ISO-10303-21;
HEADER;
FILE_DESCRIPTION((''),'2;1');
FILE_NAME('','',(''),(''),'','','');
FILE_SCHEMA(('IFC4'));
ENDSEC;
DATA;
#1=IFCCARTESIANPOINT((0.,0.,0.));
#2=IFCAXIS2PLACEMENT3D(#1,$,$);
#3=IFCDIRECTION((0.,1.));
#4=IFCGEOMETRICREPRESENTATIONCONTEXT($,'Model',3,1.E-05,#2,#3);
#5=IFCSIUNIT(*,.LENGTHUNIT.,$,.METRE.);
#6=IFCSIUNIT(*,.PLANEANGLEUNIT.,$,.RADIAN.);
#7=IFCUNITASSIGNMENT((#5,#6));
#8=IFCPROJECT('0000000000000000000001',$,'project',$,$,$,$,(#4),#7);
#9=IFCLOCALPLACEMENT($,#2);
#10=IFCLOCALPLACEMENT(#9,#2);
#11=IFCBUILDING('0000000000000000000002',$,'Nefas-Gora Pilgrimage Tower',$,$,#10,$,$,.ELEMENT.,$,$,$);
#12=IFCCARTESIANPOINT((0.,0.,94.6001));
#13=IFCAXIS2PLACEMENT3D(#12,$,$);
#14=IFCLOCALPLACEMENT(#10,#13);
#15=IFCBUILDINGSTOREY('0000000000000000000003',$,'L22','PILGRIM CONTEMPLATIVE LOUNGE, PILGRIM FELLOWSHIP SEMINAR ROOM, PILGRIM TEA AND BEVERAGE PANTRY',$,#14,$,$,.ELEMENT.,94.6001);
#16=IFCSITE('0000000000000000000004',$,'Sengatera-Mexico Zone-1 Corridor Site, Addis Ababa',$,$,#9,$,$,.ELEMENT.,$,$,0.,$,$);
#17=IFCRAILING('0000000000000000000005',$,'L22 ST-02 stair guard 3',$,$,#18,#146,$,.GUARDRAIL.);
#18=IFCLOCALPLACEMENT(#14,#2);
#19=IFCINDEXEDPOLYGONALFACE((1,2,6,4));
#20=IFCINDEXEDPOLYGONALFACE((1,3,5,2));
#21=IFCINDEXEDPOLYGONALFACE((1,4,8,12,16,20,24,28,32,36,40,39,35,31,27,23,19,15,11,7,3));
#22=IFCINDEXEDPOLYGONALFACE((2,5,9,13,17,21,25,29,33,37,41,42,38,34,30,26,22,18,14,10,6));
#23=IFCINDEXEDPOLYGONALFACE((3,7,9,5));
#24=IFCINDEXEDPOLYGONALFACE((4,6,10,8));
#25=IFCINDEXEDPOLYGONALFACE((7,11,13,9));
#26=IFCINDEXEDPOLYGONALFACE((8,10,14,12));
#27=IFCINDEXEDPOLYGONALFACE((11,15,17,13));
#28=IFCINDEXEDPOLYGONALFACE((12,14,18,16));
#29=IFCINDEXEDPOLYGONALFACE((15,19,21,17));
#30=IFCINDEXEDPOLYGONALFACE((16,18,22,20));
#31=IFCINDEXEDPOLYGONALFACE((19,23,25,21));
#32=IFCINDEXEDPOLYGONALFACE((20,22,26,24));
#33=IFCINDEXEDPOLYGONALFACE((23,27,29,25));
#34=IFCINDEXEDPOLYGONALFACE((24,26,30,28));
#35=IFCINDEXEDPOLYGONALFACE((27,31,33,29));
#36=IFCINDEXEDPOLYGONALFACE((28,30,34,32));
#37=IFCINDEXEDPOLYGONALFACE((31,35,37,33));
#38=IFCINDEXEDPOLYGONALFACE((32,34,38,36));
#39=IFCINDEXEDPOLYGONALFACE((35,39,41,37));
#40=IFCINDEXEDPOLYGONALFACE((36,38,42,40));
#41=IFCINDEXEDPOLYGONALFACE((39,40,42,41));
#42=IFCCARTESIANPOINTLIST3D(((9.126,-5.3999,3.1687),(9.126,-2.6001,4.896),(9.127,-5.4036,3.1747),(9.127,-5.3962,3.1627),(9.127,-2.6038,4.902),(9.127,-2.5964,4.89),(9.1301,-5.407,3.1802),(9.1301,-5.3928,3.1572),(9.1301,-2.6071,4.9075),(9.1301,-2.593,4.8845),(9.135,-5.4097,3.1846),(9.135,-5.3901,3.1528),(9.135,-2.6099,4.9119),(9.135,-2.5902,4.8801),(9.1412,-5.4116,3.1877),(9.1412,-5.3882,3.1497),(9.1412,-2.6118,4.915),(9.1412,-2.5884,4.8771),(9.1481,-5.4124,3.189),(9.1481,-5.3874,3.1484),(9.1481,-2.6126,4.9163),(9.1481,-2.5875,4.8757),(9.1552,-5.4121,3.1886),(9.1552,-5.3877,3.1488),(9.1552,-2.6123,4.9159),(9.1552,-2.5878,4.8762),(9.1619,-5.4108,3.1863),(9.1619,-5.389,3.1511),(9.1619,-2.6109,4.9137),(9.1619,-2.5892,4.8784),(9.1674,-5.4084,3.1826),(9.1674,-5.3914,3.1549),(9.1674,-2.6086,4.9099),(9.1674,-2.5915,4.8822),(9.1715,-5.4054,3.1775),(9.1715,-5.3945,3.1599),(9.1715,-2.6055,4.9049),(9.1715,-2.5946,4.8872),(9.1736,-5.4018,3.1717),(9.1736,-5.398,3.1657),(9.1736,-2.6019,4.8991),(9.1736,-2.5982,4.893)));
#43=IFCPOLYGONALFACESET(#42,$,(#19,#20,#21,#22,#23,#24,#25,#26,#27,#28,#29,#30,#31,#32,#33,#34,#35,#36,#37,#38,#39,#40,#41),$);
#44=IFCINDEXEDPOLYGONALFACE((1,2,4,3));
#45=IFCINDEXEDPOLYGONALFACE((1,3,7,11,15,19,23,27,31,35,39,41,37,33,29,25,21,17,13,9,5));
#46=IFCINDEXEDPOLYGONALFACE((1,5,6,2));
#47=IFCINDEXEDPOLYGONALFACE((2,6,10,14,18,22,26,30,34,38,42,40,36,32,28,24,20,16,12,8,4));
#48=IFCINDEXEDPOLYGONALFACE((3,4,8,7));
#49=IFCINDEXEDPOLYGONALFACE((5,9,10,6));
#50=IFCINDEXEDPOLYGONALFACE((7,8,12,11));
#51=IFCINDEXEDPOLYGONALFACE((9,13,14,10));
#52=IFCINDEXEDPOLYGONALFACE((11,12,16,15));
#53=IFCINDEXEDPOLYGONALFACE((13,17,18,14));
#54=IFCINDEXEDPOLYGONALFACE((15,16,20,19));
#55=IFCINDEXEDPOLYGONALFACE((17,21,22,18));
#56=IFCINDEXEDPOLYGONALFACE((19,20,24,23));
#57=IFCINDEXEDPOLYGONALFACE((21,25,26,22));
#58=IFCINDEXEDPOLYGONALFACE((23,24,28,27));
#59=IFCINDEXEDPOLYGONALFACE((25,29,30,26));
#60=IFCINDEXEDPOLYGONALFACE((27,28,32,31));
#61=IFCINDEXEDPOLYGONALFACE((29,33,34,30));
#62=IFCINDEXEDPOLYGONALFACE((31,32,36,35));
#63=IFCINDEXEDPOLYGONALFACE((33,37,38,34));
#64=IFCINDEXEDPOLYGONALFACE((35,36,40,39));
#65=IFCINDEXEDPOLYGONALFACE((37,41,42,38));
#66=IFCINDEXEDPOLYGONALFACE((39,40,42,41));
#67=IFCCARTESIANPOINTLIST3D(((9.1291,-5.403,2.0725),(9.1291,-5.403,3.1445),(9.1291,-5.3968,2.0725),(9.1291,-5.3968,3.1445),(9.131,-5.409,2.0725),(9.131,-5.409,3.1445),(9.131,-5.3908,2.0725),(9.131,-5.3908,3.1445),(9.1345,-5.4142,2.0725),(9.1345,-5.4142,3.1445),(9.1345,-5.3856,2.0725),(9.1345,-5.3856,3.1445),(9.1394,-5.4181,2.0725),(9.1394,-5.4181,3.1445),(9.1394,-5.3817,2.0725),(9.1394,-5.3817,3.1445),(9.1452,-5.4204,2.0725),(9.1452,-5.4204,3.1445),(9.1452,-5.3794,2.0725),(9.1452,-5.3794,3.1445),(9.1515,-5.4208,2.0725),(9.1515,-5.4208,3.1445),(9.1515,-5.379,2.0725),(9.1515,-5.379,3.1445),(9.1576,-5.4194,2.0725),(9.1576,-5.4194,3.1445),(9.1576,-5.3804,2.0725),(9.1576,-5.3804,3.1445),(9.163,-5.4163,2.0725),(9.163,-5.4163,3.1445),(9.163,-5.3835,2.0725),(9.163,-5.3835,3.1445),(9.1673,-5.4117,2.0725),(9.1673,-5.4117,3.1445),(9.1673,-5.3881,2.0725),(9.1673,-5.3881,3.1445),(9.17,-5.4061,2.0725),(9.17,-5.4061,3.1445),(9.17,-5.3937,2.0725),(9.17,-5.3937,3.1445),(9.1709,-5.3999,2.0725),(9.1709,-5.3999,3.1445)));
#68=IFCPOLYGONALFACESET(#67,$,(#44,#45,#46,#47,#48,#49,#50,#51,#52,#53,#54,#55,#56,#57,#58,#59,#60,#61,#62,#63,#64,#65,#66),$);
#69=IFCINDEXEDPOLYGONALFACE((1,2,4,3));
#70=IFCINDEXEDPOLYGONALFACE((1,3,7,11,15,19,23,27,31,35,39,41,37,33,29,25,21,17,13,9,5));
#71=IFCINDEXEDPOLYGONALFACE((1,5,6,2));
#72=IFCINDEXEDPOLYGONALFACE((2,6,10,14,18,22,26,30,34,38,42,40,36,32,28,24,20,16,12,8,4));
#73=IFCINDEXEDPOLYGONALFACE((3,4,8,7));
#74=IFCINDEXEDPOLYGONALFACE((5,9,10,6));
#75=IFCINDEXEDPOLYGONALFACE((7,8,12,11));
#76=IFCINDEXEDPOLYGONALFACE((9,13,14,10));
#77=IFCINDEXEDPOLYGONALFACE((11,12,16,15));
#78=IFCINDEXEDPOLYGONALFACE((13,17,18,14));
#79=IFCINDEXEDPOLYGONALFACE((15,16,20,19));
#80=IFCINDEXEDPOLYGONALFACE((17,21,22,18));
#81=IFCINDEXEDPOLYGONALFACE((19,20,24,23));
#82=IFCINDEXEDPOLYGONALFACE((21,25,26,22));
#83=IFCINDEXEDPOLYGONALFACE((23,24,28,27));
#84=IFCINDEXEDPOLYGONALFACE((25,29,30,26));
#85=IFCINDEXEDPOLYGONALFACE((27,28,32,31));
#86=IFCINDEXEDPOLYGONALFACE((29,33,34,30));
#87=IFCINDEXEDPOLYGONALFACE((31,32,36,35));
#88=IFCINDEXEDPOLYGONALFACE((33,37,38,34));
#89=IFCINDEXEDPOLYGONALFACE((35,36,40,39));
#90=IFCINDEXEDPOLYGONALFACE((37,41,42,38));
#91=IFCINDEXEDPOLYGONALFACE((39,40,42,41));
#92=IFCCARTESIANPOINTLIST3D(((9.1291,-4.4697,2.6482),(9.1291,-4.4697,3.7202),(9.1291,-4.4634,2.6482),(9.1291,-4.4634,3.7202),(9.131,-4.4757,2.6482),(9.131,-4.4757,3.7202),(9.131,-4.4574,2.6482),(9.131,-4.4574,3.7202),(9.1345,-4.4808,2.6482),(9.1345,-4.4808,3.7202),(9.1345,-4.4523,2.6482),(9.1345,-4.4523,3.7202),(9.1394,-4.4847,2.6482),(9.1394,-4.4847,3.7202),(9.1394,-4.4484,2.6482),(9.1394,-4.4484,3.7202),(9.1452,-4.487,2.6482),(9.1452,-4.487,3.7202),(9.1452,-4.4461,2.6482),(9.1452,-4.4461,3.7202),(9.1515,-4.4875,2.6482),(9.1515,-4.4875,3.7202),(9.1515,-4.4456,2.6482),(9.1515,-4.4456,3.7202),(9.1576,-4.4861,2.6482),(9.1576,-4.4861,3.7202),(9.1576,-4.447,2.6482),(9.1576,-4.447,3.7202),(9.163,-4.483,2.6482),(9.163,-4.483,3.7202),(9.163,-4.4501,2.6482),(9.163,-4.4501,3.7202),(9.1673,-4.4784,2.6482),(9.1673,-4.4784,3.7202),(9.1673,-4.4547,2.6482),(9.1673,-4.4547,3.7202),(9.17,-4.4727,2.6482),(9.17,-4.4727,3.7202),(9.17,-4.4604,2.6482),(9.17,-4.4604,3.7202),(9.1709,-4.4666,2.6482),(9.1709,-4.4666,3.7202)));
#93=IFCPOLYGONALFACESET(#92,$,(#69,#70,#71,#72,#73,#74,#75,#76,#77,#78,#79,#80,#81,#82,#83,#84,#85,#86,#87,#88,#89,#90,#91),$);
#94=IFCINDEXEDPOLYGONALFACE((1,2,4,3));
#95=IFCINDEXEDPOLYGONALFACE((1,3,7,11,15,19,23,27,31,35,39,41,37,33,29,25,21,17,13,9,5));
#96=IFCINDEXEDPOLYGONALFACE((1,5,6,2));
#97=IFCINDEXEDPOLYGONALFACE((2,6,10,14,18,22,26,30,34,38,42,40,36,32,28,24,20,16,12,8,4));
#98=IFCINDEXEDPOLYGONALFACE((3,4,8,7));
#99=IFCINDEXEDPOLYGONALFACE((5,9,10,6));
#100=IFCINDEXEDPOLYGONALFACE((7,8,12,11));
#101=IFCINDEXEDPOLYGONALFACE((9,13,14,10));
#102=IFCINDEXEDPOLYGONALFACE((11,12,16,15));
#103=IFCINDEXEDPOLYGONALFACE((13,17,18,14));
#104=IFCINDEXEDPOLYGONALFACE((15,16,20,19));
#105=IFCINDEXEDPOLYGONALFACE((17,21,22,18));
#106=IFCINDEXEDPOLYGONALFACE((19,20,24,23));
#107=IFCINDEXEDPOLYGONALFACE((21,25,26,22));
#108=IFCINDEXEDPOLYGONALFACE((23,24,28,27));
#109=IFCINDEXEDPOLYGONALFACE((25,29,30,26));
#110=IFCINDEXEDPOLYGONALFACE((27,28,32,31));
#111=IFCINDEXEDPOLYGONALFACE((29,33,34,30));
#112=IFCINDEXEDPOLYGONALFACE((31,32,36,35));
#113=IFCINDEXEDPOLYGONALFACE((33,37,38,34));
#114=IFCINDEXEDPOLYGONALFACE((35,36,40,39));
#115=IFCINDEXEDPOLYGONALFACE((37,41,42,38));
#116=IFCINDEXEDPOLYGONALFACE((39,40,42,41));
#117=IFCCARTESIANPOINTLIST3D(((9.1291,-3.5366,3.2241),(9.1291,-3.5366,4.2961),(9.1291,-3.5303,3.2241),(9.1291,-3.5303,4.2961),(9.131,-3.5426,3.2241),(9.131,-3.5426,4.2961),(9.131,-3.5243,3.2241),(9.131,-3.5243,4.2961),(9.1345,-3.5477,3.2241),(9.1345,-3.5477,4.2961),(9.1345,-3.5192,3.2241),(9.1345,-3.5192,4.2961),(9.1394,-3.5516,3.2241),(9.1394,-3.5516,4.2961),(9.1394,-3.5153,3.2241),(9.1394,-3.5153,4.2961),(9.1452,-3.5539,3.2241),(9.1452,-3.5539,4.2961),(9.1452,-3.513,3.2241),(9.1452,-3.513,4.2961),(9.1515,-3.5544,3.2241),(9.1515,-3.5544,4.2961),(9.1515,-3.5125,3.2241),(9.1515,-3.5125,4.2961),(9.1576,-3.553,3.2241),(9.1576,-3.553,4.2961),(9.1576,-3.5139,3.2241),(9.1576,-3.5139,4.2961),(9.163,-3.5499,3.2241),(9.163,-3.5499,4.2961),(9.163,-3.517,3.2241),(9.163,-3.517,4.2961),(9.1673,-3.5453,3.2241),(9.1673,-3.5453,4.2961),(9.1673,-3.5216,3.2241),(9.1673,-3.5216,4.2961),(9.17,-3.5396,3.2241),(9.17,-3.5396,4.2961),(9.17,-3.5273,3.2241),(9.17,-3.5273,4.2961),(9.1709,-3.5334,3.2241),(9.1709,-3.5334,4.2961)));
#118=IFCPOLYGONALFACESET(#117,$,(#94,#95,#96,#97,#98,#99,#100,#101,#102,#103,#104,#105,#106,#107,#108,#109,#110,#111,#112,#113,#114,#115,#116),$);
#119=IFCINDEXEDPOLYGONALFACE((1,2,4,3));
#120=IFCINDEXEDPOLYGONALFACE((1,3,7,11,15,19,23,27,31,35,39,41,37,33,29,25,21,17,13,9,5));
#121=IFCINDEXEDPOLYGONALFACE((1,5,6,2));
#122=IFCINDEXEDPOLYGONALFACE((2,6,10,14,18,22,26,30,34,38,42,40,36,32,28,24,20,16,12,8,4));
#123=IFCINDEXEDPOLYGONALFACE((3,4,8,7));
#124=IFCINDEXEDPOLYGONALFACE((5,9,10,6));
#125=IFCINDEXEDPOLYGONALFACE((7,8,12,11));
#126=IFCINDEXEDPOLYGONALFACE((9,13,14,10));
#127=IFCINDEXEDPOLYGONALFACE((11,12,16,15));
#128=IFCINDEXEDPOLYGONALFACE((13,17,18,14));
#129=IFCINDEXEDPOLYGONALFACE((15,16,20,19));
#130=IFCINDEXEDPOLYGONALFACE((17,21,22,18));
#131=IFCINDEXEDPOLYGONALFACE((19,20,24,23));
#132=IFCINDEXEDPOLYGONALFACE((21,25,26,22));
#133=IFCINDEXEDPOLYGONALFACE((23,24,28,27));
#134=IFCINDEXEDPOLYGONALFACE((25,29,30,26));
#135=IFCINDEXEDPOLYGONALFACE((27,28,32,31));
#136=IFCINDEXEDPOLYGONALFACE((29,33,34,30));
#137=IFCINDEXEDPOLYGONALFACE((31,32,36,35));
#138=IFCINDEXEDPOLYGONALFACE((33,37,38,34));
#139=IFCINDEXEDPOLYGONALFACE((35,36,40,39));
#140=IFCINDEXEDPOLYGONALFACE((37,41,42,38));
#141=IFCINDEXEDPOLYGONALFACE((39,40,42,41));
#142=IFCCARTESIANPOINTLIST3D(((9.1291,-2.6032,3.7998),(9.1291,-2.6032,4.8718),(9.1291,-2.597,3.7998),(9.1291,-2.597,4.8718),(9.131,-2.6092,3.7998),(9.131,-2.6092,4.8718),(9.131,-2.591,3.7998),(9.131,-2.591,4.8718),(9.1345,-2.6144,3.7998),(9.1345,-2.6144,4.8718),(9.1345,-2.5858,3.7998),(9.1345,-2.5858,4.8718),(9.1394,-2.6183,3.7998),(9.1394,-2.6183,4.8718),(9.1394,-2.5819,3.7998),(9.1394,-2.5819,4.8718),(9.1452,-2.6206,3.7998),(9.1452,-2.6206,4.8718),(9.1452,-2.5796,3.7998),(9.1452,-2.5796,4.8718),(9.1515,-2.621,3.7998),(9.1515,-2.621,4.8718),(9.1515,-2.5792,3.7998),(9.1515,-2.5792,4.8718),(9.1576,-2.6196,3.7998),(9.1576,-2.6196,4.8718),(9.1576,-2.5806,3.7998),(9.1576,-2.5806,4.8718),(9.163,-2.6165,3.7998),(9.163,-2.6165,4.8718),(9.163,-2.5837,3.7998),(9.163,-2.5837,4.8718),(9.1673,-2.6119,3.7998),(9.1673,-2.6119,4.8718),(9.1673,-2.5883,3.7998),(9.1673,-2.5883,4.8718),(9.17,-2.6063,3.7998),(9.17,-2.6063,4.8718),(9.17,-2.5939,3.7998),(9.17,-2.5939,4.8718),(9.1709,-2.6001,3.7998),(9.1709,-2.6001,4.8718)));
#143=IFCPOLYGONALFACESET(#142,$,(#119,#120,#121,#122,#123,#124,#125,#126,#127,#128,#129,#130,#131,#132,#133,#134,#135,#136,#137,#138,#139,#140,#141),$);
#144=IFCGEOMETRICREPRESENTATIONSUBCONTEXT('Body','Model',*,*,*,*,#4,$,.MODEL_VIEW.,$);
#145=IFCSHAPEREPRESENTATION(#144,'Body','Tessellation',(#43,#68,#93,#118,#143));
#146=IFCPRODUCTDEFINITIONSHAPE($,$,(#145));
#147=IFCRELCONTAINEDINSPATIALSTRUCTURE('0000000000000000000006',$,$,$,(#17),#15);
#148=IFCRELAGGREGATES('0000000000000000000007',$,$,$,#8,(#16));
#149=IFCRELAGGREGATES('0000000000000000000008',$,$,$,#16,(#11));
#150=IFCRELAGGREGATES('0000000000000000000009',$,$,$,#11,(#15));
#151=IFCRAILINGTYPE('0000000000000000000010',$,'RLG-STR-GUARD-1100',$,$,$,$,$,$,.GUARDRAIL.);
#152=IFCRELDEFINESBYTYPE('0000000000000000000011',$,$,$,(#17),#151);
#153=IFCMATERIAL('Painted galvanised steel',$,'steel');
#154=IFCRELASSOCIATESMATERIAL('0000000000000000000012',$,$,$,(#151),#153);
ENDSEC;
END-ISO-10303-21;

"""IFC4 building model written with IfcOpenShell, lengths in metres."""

from ifc_helpers import new_model, si_unit, direction, frame, origin, origin_2d, place, context, subcontext, project, spatial, circle, extrude, material, type_object, element, save


model = new_model("IFC4")

# Units and contexts
model_context = context("Model", 3, precision=1e-05, world=origin(), true_north=direction((0.0, 1.0)))
body_context = subcontext(model_context, "Body", "Model", "MODEL_VIEW")
ifc_project = project(units=[si_unit("LENGTHUNIT", "METRE"), si_unit("PLANEANGLEUNIT", "RADIAN")], contexts=[model_context])

# Site, building, storey
site_placement = place(None, origin())
site = spatial("IfcSite", under=ifc_project, at=site_placement, Name="Sengatera-Mexico Zone-1 Corridor Site, Addis Ababa", CompositionType="ELEMENT", RefElevation=0.0)
building_placement = place(site_placement, origin())
building = spatial("IfcBuilding", under=site, at=building_placement, Name="Nefas-Gora Pilgrimage Tower", CompositionType="ELEMENT")
storey_placement = place(building_placement, frame((0.0, 0.0, 94.6001)))
storey = spatial("IfcBuildingStorey", under=building, at=storey_placement, Name="L22", Description="PILGRIM CONTEMPLATIVE LOUNGE, PILGRIM FELLOWSHIP SEMINAR ROOM, PILGRIM TEA AND BEVERAGE PANTRY", CompositionType="ELEMENT", Elevation=94.6001)

# Railing
ifc_material_1 = material(Name="Painted galvanised steel", Category="steel")
railing_type_1 = type_object("IfcRailingType", Name="RLG-STR-GUARD-1100", PredefinedType="GUARDRAIL", material=ifc_material_1)
railing_1_placement = place(storey_placement, frame((9.1499, -5.3999, 2.0725)))
element("IfcRailing", 1, at=railing_1_placement, inside=storey, type_object=railing_type_1, Name="L22 ST-02 stair guard 3", PredefinedType="GUARDRAIL", context=body_context, shape_type="SweptSolid", body=[
    extrude(circle(Radius=0.0239, at=origin_2d()), frame((0.0, 0.0, 1.0962), z_axis=(0.0, 0.851069, 0.525054), x_axis=(-1.0, 0.0, 0.0)), (0.0, 0.0, 1.0), 3.2898),
    extrude(circle(Radius=0.021, at=origin_2d()), origin(), (0.0, 0.0, 1.0), 1.072),
    extrude(circle(Radius=0.021, at=origin_2d()), frame((0.0, 0.9333, 0.5757)), (0.0, 0.0, 1.0), 1.072),
    extrude(circle(Radius=0.021, at=origin_2d()), frame((0.0, 1.8665, 1.1516)), (0.0, 0.0, 1.0), 1.072),
    extrude(circle(Radius=0.021, at=origin_2d()), frame((0.0, 2.7998, 1.7273)), (0.0, 0.0, 1.0), 1.072),
])

save(model, "model.ifc")
